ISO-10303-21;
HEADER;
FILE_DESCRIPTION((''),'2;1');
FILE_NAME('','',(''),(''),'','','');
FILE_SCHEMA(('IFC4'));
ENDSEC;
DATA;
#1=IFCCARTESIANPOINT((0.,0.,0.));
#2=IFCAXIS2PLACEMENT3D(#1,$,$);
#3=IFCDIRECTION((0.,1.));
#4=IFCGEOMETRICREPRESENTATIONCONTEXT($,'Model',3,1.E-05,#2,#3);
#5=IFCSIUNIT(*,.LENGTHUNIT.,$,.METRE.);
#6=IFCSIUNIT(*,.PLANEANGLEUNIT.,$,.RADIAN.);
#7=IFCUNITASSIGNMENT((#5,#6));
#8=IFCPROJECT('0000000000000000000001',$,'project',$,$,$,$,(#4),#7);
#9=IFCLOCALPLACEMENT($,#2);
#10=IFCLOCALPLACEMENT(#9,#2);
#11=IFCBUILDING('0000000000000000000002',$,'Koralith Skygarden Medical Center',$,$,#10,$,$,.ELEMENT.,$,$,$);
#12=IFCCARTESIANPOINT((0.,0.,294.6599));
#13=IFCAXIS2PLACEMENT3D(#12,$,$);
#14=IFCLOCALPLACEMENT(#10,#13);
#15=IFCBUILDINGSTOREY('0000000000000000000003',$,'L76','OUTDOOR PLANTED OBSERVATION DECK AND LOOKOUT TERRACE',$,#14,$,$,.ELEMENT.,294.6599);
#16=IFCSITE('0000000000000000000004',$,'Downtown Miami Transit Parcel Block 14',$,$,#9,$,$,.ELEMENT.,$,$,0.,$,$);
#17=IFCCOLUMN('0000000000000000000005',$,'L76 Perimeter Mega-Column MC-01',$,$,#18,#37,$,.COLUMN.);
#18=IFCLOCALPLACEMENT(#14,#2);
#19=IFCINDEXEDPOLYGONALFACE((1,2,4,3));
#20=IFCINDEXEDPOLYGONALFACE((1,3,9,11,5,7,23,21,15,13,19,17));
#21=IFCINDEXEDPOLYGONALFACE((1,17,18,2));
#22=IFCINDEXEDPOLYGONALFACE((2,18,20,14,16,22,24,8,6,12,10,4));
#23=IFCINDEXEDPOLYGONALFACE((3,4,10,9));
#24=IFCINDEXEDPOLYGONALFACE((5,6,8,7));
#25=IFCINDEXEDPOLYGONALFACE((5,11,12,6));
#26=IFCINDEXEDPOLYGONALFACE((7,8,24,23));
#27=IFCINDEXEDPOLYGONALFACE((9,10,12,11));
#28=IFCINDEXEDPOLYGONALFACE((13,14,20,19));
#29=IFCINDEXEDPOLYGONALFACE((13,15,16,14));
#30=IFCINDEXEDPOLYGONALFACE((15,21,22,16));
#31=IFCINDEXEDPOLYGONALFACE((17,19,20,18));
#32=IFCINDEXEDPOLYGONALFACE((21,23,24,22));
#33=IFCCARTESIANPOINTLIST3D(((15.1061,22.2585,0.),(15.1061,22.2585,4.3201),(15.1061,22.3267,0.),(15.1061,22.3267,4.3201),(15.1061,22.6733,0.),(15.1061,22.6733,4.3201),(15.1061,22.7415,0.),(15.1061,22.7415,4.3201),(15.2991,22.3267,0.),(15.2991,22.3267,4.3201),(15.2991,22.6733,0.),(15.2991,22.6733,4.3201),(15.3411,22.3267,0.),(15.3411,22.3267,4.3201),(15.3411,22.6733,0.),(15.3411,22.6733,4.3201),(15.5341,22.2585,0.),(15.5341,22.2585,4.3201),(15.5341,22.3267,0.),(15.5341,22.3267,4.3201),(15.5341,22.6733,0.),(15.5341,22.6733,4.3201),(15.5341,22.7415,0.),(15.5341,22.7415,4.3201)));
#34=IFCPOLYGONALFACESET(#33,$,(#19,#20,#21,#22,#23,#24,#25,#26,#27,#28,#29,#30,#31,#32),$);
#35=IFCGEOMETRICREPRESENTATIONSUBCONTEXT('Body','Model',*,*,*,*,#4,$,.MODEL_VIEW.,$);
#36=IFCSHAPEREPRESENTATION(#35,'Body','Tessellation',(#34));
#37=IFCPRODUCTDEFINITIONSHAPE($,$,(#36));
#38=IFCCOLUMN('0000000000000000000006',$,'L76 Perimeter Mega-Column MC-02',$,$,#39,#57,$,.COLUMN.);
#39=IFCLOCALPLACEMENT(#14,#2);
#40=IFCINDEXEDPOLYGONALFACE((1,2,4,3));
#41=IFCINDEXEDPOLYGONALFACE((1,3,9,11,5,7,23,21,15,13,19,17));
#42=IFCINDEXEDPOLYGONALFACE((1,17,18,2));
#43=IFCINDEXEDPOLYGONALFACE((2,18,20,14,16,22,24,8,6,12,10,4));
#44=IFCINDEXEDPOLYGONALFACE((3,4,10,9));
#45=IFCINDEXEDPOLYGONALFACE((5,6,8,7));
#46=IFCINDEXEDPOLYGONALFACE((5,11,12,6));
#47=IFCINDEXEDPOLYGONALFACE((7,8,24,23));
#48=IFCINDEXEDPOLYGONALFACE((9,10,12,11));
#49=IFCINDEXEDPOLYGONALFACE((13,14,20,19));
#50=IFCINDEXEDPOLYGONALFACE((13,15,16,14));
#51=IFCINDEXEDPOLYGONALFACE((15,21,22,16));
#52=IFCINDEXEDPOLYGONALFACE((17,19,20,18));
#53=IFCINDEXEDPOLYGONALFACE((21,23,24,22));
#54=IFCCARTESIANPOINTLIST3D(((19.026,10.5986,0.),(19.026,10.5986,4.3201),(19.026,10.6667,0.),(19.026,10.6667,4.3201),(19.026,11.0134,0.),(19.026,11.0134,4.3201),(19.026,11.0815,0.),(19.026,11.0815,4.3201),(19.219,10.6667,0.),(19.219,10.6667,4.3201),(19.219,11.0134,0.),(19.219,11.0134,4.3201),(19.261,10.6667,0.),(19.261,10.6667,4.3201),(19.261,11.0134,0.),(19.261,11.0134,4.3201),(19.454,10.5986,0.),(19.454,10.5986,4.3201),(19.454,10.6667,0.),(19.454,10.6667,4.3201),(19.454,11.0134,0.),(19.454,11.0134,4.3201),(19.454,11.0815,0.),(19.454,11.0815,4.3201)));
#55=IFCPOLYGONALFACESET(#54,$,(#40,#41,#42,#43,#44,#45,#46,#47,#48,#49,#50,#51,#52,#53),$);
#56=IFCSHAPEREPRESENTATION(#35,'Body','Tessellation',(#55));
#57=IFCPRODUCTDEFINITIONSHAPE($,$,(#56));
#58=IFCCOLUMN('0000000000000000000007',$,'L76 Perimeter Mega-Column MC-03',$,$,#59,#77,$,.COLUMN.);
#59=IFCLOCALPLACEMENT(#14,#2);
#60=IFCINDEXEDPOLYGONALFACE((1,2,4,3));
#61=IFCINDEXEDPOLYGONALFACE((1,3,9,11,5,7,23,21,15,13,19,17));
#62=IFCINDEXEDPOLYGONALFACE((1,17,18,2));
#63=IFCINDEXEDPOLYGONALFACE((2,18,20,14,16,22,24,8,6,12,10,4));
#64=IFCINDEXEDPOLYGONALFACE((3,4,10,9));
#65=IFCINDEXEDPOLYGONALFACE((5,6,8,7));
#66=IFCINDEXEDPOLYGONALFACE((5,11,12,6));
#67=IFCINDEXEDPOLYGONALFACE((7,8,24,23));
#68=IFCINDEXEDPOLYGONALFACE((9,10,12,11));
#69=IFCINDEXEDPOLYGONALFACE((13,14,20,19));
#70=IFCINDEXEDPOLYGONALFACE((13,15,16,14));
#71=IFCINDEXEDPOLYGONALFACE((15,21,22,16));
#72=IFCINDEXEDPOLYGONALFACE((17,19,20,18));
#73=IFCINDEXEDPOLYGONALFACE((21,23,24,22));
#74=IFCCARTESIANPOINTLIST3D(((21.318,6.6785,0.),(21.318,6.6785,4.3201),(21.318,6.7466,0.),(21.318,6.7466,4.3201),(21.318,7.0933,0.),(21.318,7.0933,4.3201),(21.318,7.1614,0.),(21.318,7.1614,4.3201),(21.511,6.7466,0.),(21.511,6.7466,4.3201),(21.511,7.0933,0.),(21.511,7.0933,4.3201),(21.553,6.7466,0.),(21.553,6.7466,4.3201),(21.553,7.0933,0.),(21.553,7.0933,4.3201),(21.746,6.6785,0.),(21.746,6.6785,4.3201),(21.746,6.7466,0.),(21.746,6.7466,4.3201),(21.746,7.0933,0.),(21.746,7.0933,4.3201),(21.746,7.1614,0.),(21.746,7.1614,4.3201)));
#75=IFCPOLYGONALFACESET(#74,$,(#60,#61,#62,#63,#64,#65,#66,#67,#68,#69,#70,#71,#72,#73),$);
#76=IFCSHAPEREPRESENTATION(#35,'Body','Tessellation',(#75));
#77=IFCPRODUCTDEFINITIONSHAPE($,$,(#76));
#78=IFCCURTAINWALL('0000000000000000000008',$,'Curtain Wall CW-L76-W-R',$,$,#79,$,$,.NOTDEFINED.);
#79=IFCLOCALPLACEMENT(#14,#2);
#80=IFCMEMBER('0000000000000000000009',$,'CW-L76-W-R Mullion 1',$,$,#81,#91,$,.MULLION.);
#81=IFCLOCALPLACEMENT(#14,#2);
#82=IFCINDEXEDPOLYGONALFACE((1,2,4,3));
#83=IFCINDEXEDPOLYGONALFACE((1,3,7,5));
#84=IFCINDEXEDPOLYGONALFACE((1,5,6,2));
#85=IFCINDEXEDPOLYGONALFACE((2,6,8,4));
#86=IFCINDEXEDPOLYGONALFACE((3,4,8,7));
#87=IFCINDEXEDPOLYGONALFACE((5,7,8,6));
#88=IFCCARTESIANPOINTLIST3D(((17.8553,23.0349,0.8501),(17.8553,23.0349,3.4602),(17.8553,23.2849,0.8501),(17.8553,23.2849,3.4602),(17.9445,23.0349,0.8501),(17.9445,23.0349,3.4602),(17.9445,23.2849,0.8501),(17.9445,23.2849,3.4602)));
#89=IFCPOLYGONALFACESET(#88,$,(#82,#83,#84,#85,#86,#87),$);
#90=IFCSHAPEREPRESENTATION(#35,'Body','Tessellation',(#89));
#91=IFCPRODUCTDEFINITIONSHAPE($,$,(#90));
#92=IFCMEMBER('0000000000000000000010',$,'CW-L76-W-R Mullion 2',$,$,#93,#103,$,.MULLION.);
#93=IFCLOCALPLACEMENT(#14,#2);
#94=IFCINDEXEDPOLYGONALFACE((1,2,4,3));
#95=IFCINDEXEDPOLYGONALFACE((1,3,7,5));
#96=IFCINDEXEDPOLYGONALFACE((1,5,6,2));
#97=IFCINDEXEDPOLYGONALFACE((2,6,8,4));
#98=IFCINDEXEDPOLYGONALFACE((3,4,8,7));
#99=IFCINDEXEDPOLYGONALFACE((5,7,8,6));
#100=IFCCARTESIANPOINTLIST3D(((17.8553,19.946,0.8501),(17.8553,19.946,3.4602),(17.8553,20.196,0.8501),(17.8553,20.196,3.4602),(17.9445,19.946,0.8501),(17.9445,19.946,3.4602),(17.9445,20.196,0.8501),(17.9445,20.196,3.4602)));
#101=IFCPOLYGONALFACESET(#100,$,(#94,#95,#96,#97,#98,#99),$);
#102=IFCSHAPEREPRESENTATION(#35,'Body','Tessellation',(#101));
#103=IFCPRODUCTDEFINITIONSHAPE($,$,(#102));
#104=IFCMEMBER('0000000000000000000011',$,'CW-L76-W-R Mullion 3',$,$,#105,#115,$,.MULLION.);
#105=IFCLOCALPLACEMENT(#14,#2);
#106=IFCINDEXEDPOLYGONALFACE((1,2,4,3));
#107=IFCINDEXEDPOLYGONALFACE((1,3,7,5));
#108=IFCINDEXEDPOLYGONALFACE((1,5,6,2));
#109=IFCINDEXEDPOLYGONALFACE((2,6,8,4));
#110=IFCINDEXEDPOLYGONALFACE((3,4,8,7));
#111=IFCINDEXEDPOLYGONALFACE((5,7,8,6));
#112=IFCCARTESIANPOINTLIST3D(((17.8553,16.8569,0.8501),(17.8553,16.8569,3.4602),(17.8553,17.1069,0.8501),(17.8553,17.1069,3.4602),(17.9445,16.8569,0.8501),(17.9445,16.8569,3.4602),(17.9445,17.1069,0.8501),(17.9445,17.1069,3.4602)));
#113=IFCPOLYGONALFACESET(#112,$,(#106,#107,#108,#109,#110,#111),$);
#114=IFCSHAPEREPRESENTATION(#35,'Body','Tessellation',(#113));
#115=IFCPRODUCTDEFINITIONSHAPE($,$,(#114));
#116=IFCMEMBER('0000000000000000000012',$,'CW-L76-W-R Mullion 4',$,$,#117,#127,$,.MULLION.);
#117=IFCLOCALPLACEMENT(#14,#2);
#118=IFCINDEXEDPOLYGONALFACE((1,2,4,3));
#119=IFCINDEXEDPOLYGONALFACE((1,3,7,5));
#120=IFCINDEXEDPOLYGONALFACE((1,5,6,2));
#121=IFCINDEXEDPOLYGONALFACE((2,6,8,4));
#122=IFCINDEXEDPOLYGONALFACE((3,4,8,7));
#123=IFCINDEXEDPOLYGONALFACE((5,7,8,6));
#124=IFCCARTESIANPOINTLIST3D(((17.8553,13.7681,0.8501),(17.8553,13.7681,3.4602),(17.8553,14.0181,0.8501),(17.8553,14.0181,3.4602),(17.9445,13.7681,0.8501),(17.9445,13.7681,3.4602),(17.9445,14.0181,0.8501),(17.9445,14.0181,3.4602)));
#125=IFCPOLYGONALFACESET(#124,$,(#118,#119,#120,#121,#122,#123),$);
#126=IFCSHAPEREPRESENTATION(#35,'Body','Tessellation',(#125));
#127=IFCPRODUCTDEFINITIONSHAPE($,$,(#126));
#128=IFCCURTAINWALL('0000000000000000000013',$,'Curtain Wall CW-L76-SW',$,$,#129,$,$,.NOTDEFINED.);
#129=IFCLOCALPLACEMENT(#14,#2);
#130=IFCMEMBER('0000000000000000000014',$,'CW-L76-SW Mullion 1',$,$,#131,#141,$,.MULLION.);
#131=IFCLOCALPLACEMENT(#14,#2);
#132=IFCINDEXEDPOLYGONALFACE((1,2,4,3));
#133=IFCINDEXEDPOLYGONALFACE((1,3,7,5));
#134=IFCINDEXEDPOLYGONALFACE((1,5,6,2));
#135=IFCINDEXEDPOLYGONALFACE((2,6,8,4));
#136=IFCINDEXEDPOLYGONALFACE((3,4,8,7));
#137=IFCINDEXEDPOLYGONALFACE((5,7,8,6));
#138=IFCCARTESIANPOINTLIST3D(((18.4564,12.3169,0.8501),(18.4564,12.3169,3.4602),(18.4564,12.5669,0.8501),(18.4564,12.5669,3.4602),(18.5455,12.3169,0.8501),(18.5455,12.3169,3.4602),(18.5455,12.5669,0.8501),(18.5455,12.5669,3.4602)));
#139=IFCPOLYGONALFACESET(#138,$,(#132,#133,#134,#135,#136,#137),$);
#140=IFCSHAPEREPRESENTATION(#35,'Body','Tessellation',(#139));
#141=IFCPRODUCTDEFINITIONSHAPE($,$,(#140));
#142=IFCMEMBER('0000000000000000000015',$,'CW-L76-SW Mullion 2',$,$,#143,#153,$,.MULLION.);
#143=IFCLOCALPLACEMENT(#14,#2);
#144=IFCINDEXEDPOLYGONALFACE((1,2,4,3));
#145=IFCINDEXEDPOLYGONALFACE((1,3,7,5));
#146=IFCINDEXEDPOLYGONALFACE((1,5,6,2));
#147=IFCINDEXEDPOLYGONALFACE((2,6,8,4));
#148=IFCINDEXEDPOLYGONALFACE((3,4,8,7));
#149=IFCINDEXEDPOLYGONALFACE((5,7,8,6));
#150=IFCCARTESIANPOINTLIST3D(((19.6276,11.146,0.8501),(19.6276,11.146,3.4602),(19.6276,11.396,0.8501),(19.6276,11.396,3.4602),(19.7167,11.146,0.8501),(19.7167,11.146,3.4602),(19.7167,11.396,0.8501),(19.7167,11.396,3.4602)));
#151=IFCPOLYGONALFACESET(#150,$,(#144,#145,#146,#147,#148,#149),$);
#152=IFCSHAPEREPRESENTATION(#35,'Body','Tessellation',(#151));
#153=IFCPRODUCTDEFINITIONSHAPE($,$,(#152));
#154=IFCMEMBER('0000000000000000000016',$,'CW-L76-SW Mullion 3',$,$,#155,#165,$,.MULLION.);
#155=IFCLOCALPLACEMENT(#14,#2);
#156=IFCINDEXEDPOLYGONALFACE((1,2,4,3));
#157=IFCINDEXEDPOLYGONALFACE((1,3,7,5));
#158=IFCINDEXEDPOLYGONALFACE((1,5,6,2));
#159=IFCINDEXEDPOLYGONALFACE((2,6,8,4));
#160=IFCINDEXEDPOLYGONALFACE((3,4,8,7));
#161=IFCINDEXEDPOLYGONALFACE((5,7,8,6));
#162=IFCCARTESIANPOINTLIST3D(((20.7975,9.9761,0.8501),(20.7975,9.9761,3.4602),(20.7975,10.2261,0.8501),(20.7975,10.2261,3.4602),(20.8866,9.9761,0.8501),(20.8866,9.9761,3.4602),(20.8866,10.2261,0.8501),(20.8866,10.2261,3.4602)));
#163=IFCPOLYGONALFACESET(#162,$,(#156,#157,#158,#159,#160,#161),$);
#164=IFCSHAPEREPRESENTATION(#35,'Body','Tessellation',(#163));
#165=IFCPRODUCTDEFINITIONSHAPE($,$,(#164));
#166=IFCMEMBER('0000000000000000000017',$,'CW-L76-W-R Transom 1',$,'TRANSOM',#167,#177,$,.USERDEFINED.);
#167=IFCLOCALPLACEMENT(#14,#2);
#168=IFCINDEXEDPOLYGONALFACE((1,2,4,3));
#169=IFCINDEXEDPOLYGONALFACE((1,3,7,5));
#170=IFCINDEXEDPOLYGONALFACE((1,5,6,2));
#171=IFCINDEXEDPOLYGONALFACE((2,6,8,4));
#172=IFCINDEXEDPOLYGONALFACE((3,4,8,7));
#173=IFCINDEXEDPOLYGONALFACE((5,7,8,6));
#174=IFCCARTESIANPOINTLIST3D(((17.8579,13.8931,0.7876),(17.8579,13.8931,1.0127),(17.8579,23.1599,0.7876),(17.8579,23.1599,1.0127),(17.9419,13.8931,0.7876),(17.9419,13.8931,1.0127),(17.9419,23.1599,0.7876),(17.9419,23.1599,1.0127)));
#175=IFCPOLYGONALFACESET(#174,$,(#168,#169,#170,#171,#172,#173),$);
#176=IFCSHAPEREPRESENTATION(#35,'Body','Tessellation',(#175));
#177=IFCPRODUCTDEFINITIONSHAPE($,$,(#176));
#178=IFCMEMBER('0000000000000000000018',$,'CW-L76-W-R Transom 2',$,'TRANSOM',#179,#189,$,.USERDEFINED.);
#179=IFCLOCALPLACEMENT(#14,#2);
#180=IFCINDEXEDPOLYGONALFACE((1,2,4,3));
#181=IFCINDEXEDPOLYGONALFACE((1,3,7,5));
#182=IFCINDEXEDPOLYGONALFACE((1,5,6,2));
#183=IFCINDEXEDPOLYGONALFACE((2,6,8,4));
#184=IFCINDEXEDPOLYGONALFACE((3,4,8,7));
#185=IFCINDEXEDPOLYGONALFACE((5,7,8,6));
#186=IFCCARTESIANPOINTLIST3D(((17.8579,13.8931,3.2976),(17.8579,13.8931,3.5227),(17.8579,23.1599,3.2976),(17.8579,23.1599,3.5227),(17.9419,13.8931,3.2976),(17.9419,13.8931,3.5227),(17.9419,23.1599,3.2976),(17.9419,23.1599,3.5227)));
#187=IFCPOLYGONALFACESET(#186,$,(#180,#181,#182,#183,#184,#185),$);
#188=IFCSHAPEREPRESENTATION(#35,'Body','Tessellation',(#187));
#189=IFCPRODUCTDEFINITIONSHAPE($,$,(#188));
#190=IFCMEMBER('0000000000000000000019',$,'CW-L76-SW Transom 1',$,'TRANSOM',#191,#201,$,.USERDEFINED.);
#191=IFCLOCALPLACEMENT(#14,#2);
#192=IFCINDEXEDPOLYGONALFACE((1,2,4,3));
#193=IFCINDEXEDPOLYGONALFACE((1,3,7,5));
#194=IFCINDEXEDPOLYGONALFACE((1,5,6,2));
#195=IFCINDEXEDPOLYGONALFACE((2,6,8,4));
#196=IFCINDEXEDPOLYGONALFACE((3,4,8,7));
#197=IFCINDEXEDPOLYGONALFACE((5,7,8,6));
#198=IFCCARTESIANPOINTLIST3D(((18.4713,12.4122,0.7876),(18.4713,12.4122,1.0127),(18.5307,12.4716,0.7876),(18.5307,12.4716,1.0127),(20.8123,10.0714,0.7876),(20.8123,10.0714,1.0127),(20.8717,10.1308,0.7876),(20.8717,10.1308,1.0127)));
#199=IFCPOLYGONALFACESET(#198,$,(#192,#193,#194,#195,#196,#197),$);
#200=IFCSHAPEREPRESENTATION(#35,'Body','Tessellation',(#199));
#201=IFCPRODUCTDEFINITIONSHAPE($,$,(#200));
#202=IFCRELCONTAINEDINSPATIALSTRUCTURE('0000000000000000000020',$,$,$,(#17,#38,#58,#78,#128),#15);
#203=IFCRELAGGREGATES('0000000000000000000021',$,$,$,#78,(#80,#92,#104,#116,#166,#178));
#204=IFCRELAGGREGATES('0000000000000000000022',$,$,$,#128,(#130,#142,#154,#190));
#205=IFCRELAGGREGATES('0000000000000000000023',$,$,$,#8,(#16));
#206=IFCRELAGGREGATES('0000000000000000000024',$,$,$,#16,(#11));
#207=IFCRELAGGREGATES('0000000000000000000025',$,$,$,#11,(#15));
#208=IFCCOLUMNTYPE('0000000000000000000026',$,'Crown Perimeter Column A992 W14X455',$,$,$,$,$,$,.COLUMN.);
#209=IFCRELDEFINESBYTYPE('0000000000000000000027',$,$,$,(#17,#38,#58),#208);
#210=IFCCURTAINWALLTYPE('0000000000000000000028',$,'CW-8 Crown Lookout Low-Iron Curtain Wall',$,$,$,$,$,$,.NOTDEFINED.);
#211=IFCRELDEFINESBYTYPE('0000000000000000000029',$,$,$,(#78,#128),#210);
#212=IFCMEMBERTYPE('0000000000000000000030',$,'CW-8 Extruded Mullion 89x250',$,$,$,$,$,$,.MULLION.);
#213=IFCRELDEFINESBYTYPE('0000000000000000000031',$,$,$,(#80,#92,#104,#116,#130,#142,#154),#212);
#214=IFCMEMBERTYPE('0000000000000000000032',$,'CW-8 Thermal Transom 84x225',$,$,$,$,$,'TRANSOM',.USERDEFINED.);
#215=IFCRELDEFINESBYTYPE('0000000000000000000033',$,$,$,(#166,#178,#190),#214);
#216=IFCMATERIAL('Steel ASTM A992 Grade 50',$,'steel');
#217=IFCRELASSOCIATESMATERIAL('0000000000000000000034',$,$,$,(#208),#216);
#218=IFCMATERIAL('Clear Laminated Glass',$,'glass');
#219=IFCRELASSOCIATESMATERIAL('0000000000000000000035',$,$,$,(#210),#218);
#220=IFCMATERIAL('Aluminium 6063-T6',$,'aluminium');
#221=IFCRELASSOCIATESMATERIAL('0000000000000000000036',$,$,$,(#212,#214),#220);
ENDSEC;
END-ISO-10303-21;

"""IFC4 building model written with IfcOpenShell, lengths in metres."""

from ifc_helpers import new_model, si_unit, direction, frame, origin, origin_2d, place, context, subcontext, project, spatial, rectangle, i_section, extrude, material, material_profile, profile_set, type_object, element, aggregate, save


model = new_model("IFC4")

# Units and contexts
model_context = context("Model", 3, precision=1e-05, world=origin(), true_north=direction((0.0, 1.0)))
body_context = subcontext(model_context, "Body", "Model", "MODEL_VIEW")
ifc_project = project(units=[si_unit("LENGTHUNIT", "METRE"), si_unit("PLANEANGLEUNIT", "RADIAN")], contexts=[model_context])

# Site, building, storey
site_placement = place(None, origin())
site = spatial("IfcSite", under=ifc_project, at=site_placement, Name="Downtown Miami Transit Parcel Block 14", CompositionType="ELEMENT", RefElevation=0.0)
building_placement = place(site_placement, origin())
building = spatial("IfcBuilding", under=site, at=building_placement, Name="Koralith Skygarden Medical Center", CompositionType="ELEMENT")
storey_placement = place(building_placement, frame((0.0, 0.0, 294.6599)))
storey = spatial("IfcBuildingStorey", under=building, at=storey_placement, Name="L76", Description="OUTDOOR PLANTED OBSERVATION DECK AND LOOKOUT TERRACE", CompositionType="ELEMENT", Elevation=294.6599)

# Columns
ifc_material_1 = material(Name="Steel ASTM A992 Grade 50", Category="steel")
ifc_material_profile_1 = material_profile(ifc_material_1, i_section(OverallWidth=0.428, OverallDepth=0.4829, WebThickness=0.042, FlangeThickness=0.0681, at=origin_2d()), Name="W14X455")
ifc_profile_set_1 = profile_set([ifc_material_profile_1], Name="Steel ASTM A992 Grade 50")
column_type = type_object("IfcColumnType", Name="Crown Perimeter Column A992 W14X455", PredefinedType="COLUMN", material=ifc_profile_set_1)
for number, where, z_axis, x_axis, name in (
    (1, (15.3201, 22.5, 0.0), (0.0, 0.0, 1.0), (1.0, 0.0, 0.0), "L76 Perimeter Mega-Column MC-01"),
    (2, (19.24, 10.8401, 0.0), (0.0, 0.0, 1.0), (1.0, 0.0, 0.0), "L76 Perimeter Mega-Column MC-02"),
    (3, (21.532, 6.9199, 0.0), (0.0, 0.0, 1.0), (1.0, 0.0, 0.0), "L76 Perimeter Mega-Column MC-03"),
):
    element("IfcColumn", number, at=place(storey_placement, frame(where, z_axis=z_axis, x_axis=x_axis)), inside=storey, type_object=column_type, Name=name, PredefinedType="COLUMN", context=body_context, shape_type="SweptSolid", body=[
        extrude(i_section(OverallWidth=0.428, OverallDepth=0.4829, WebThickness=0.042, FlangeThickness=0.0681, at=origin_2d()), origin(), (0.0, 0.0, 1.0), 4.3201),
    ])

# Curtain walls, members
ifc_material_2 = material(Name="Clear Laminated Glass", Category="glass")
curtain_wall_type = type_object("IfcCurtainWallType", Name="CW-8 Crown Lookout Low-Iron Curtain Wall", PredefinedType="NOTDEFINED", material=ifc_material_2)
curtain_wall_1_placement = place(storey_placement, origin())
curtain_wall_1 = element("IfcCurtainWall", 4, at=curtain_wall_1_placement, inside=storey, type_object=curtain_wall_type, Name="Curtain Wall CW-L76-W-R", PredefinedType="NOTDEFINED")
ifc_material_3 = material(Name="Aluminium 6063-T6", Category="aluminium")
ifc_material_profile_2 = material_profile(ifc_material_3, rectangle(XDim=0.0891, YDim=0.25, at=origin_2d()), Name="MUL89X250")
ifc_profile_set_2 = profile_set([ifc_material_profile_2], Name="Aluminium 6063-T6")
member_type_1 = type_object("IfcMemberType", Name="CW-8 Extruded Mullion 89x250", PredefinedType="MULLION", material=ifc_profile_set_2)
member_1_placement = place(storey_placement, frame((17.8999, 23.1599, 0.8501), z_axis=(0.0, 0.0, 1.0), x_axis=(1.0, 0.0, 0.0)))
member_1 = element("IfcMember", 5, at=member_1_placement, type_object=member_type_1, Name="CW-L76-W-R Mullion 1", PredefinedType="MULLION", context=body_context, shape_type="SweptSolid", body=[
    extrude(rectangle(XDim=0.0891, YDim=0.25, at=origin_2d()), origin(), (0.0, 0.0, 1.0), 2.6101),
])
member_2_placement = place(storey_placement, frame((17.8999, 20.071, 0.8501), z_axis=(0.0, 0.0, 1.0), x_axis=(1.0, 0.0, 0.0)))
member_2 = element("IfcMember", 6, at=member_2_placement, type_object=member_type_1, Name="CW-L76-W-R Mullion 2", PredefinedType="MULLION", context=body_context, shape_type="SweptSolid", body=[
    extrude(rectangle(XDim=0.0891, YDim=0.25, at=origin_2d()), origin(), (0.0, 0.0, 1.0), 2.6101),
])
member_3_placement = place(storey_placement, frame((17.8999, 16.9819, 0.8501), z_axis=(0.0, 0.0, 1.0), x_axis=(1.0, 0.0, 0.0)))
member_3 = element("IfcMember", 7, at=member_3_placement, type_object=member_type_1, Name="CW-L76-W-R Mullion 3", PredefinedType="MULLION", context=body_context, shape_type="SweptSolid", body=[
    extrude(rectangle(XDim=0.0891, YDim=0.25, at=origin_2d()), origin(), (0.0, 0.0, 1.0), 2.6101),
])
member_4_placement = place(storey_placement, frame((17.8999, 13.8931, 0.8501), z_axis=(0.0, 0.0, 1.0), x_axis=(1.0, 0.0, 0.0)))
member_4 = element("IfcMember", 8, at=member_4_placement, type_object=member_type_1, Name="CW-L76-W-R Mullion 4", PredefinedType="MULLION", context=body_context, shape_type="SweptSolid", body=[
    extrude(rectangle(XDim=0.0891, YDim=0.25, at=origin_2d()), origin(), (0.0, 0.0, 1.0), 2.6101),
])
curtain_wall_2_placement = place(storey_placement, origin())
curtain_wall_2 = element("IfcCurtainWall", 9, at=curtain_wall_2_placement, inside=storey, type_object=curtain_wall_type, Name="Curtain Wall CW-L76-SW", PredefinedType="NOTDEFINED")
member_5_placement = place(storey_placement, frame((18.501, 12.4419, 0.8501), z_axis=(0.0, 0.0, 1.0), x_axis=(1.0, 0.0, 0.0)))
member_5 = element("IfcMember", 10, at=member_5_placement, type_object=member_type_1, Name="CW-L76-SW Mullion 1", PredefinedType="MULLION", context=body_context, shape_type="SweptSolid", body=[
    extrude(rectangle(XDim=0.0891, YDim=0.25, at=origin_2d()), origin(), (0.0, 0.0, 1.0), 2.6101),
])
member_6_placement = place(storey_placement, frame((19.6721, 11.271, 0.8501), z_axis=(0.0, 0.0, 1.0), x_axis=(1.0, 0.0, 0.0)))
member_6 = element("IfcMember", 11, at=member_6_placement, type_object=member_type_1, Name="CW-L76-SW Mullion 2", PredefinedType="MULLION", context=body_context, shape_type="SweptSolid", body=[
    extrude(rectangle(XDim=0.0891, YDim=0.25, at=origin_2d()), origin(), (0.0, 0.0, 1.0), 2.6101),
])
member_7_placement = place(storey_placement, frame((20.842, 10.1011, 0.8501), z_axis=(0.0, 0.0, 1.0), x_axis=(1.0, 0.0, 0.0)))
member_7 = element("IfcMember", 12, at=member_7_placement, type_object=member_type_1, Name="CW-L76-SW Mullion 3", PredefinedType="MULLION", context=body_context, shape_type="SweptSolid", body=[
    extrude(rectangle(XDim=0.0891, YDim=0.25, at=origin_2d()), origin(), (0.0, 0.0, 1.0), 2.6101),
])

# Members
ifc_material_profile_3 = material_profile(ifc_material_3, rectangle(XDim=0.084, YDim=0.2251, at=origin_2d()), Name="TRN84X225")
ifc_profile_set_3 = profile_set([ifc_material_profile_3], Name="Aluminium 6063-T6")
member_type_2 = type_object("IfcMemberType", Name="CW-8 Thermal Transom 84x225", ElementType="TRANSOM", PredefinedType="USERDEFINED", material=ifc_profile_set_3)
member_8_placement = place(storey_placement, frame((17.8999, 23.1599, 0.9001), z_axis=(0.0, -1.0, 0.0), x_axis=(1.0, 0.0, 0.0)))
member_8 = element("IfcMember", 13, at=member_8_placement, type_object=member_type_2, Name="CW-L76-W-R Transom 1", ObjectType="TRANSOM", PredefinedType="USERDEFINED", context=body_context, shape_type="SweptSolid", body=[
    extrude(rectangle(XDim=0.084, YDim=0.2251, at=origin_2d()), origin(), (0.0, 0.0, 1.0), 9.2668),
])
member_9_placement = place(storey_placement, frame((17.8999, 23.1599, 3.4102), z_axis=(0.0, -1.0, 0.0), x_axis=(1.0, 0.0, 0.0)))
member_9 = element("IfcMember", 14, at=member_9_placement, type_object=member_type_2, Name="CW-L76-W-R Transom 2", ObjectType="TRANSOM", PredefinedType="USERDEFINED", context=body_context, shape_type="SweptSolid", body=[
    extrude(rectangle(XDim=0.084, YDim=0.2251, at=origin_2d()), origin(), (0.0, 0.0, 1.0), 9.2668),
])
member_10_placement = place(storey_placement, frame((18.501, 12.4419, 0.9001), z_axis=(0.707144, -0.70707, 0.0), x_axis=(0.70707, 0.707144, 0.0)))
member_10 = element("IfcMember", 15, at=member_10_placement, type_object=member_type_2, Name="CW-L76-SW Transom 1", ObjectType="TRANSOM", PredefinedType="USERDEFINED", context=body_context, shape_type="SweptSolid", body=[
    extrude(rectangle(XDim=0.084, YDim=0.2251, at=origin_2d()), origin(), (0.0, 0.0, 1.0), 3.3105),
])

aggregate(curtain_wall_1, [member_1, member_2, member_3, member_4, member_8, member_9])
aggregate(curtain_wall_2, [member_5, member_6, member_7, member_10])

save(model, "model.ifc")
